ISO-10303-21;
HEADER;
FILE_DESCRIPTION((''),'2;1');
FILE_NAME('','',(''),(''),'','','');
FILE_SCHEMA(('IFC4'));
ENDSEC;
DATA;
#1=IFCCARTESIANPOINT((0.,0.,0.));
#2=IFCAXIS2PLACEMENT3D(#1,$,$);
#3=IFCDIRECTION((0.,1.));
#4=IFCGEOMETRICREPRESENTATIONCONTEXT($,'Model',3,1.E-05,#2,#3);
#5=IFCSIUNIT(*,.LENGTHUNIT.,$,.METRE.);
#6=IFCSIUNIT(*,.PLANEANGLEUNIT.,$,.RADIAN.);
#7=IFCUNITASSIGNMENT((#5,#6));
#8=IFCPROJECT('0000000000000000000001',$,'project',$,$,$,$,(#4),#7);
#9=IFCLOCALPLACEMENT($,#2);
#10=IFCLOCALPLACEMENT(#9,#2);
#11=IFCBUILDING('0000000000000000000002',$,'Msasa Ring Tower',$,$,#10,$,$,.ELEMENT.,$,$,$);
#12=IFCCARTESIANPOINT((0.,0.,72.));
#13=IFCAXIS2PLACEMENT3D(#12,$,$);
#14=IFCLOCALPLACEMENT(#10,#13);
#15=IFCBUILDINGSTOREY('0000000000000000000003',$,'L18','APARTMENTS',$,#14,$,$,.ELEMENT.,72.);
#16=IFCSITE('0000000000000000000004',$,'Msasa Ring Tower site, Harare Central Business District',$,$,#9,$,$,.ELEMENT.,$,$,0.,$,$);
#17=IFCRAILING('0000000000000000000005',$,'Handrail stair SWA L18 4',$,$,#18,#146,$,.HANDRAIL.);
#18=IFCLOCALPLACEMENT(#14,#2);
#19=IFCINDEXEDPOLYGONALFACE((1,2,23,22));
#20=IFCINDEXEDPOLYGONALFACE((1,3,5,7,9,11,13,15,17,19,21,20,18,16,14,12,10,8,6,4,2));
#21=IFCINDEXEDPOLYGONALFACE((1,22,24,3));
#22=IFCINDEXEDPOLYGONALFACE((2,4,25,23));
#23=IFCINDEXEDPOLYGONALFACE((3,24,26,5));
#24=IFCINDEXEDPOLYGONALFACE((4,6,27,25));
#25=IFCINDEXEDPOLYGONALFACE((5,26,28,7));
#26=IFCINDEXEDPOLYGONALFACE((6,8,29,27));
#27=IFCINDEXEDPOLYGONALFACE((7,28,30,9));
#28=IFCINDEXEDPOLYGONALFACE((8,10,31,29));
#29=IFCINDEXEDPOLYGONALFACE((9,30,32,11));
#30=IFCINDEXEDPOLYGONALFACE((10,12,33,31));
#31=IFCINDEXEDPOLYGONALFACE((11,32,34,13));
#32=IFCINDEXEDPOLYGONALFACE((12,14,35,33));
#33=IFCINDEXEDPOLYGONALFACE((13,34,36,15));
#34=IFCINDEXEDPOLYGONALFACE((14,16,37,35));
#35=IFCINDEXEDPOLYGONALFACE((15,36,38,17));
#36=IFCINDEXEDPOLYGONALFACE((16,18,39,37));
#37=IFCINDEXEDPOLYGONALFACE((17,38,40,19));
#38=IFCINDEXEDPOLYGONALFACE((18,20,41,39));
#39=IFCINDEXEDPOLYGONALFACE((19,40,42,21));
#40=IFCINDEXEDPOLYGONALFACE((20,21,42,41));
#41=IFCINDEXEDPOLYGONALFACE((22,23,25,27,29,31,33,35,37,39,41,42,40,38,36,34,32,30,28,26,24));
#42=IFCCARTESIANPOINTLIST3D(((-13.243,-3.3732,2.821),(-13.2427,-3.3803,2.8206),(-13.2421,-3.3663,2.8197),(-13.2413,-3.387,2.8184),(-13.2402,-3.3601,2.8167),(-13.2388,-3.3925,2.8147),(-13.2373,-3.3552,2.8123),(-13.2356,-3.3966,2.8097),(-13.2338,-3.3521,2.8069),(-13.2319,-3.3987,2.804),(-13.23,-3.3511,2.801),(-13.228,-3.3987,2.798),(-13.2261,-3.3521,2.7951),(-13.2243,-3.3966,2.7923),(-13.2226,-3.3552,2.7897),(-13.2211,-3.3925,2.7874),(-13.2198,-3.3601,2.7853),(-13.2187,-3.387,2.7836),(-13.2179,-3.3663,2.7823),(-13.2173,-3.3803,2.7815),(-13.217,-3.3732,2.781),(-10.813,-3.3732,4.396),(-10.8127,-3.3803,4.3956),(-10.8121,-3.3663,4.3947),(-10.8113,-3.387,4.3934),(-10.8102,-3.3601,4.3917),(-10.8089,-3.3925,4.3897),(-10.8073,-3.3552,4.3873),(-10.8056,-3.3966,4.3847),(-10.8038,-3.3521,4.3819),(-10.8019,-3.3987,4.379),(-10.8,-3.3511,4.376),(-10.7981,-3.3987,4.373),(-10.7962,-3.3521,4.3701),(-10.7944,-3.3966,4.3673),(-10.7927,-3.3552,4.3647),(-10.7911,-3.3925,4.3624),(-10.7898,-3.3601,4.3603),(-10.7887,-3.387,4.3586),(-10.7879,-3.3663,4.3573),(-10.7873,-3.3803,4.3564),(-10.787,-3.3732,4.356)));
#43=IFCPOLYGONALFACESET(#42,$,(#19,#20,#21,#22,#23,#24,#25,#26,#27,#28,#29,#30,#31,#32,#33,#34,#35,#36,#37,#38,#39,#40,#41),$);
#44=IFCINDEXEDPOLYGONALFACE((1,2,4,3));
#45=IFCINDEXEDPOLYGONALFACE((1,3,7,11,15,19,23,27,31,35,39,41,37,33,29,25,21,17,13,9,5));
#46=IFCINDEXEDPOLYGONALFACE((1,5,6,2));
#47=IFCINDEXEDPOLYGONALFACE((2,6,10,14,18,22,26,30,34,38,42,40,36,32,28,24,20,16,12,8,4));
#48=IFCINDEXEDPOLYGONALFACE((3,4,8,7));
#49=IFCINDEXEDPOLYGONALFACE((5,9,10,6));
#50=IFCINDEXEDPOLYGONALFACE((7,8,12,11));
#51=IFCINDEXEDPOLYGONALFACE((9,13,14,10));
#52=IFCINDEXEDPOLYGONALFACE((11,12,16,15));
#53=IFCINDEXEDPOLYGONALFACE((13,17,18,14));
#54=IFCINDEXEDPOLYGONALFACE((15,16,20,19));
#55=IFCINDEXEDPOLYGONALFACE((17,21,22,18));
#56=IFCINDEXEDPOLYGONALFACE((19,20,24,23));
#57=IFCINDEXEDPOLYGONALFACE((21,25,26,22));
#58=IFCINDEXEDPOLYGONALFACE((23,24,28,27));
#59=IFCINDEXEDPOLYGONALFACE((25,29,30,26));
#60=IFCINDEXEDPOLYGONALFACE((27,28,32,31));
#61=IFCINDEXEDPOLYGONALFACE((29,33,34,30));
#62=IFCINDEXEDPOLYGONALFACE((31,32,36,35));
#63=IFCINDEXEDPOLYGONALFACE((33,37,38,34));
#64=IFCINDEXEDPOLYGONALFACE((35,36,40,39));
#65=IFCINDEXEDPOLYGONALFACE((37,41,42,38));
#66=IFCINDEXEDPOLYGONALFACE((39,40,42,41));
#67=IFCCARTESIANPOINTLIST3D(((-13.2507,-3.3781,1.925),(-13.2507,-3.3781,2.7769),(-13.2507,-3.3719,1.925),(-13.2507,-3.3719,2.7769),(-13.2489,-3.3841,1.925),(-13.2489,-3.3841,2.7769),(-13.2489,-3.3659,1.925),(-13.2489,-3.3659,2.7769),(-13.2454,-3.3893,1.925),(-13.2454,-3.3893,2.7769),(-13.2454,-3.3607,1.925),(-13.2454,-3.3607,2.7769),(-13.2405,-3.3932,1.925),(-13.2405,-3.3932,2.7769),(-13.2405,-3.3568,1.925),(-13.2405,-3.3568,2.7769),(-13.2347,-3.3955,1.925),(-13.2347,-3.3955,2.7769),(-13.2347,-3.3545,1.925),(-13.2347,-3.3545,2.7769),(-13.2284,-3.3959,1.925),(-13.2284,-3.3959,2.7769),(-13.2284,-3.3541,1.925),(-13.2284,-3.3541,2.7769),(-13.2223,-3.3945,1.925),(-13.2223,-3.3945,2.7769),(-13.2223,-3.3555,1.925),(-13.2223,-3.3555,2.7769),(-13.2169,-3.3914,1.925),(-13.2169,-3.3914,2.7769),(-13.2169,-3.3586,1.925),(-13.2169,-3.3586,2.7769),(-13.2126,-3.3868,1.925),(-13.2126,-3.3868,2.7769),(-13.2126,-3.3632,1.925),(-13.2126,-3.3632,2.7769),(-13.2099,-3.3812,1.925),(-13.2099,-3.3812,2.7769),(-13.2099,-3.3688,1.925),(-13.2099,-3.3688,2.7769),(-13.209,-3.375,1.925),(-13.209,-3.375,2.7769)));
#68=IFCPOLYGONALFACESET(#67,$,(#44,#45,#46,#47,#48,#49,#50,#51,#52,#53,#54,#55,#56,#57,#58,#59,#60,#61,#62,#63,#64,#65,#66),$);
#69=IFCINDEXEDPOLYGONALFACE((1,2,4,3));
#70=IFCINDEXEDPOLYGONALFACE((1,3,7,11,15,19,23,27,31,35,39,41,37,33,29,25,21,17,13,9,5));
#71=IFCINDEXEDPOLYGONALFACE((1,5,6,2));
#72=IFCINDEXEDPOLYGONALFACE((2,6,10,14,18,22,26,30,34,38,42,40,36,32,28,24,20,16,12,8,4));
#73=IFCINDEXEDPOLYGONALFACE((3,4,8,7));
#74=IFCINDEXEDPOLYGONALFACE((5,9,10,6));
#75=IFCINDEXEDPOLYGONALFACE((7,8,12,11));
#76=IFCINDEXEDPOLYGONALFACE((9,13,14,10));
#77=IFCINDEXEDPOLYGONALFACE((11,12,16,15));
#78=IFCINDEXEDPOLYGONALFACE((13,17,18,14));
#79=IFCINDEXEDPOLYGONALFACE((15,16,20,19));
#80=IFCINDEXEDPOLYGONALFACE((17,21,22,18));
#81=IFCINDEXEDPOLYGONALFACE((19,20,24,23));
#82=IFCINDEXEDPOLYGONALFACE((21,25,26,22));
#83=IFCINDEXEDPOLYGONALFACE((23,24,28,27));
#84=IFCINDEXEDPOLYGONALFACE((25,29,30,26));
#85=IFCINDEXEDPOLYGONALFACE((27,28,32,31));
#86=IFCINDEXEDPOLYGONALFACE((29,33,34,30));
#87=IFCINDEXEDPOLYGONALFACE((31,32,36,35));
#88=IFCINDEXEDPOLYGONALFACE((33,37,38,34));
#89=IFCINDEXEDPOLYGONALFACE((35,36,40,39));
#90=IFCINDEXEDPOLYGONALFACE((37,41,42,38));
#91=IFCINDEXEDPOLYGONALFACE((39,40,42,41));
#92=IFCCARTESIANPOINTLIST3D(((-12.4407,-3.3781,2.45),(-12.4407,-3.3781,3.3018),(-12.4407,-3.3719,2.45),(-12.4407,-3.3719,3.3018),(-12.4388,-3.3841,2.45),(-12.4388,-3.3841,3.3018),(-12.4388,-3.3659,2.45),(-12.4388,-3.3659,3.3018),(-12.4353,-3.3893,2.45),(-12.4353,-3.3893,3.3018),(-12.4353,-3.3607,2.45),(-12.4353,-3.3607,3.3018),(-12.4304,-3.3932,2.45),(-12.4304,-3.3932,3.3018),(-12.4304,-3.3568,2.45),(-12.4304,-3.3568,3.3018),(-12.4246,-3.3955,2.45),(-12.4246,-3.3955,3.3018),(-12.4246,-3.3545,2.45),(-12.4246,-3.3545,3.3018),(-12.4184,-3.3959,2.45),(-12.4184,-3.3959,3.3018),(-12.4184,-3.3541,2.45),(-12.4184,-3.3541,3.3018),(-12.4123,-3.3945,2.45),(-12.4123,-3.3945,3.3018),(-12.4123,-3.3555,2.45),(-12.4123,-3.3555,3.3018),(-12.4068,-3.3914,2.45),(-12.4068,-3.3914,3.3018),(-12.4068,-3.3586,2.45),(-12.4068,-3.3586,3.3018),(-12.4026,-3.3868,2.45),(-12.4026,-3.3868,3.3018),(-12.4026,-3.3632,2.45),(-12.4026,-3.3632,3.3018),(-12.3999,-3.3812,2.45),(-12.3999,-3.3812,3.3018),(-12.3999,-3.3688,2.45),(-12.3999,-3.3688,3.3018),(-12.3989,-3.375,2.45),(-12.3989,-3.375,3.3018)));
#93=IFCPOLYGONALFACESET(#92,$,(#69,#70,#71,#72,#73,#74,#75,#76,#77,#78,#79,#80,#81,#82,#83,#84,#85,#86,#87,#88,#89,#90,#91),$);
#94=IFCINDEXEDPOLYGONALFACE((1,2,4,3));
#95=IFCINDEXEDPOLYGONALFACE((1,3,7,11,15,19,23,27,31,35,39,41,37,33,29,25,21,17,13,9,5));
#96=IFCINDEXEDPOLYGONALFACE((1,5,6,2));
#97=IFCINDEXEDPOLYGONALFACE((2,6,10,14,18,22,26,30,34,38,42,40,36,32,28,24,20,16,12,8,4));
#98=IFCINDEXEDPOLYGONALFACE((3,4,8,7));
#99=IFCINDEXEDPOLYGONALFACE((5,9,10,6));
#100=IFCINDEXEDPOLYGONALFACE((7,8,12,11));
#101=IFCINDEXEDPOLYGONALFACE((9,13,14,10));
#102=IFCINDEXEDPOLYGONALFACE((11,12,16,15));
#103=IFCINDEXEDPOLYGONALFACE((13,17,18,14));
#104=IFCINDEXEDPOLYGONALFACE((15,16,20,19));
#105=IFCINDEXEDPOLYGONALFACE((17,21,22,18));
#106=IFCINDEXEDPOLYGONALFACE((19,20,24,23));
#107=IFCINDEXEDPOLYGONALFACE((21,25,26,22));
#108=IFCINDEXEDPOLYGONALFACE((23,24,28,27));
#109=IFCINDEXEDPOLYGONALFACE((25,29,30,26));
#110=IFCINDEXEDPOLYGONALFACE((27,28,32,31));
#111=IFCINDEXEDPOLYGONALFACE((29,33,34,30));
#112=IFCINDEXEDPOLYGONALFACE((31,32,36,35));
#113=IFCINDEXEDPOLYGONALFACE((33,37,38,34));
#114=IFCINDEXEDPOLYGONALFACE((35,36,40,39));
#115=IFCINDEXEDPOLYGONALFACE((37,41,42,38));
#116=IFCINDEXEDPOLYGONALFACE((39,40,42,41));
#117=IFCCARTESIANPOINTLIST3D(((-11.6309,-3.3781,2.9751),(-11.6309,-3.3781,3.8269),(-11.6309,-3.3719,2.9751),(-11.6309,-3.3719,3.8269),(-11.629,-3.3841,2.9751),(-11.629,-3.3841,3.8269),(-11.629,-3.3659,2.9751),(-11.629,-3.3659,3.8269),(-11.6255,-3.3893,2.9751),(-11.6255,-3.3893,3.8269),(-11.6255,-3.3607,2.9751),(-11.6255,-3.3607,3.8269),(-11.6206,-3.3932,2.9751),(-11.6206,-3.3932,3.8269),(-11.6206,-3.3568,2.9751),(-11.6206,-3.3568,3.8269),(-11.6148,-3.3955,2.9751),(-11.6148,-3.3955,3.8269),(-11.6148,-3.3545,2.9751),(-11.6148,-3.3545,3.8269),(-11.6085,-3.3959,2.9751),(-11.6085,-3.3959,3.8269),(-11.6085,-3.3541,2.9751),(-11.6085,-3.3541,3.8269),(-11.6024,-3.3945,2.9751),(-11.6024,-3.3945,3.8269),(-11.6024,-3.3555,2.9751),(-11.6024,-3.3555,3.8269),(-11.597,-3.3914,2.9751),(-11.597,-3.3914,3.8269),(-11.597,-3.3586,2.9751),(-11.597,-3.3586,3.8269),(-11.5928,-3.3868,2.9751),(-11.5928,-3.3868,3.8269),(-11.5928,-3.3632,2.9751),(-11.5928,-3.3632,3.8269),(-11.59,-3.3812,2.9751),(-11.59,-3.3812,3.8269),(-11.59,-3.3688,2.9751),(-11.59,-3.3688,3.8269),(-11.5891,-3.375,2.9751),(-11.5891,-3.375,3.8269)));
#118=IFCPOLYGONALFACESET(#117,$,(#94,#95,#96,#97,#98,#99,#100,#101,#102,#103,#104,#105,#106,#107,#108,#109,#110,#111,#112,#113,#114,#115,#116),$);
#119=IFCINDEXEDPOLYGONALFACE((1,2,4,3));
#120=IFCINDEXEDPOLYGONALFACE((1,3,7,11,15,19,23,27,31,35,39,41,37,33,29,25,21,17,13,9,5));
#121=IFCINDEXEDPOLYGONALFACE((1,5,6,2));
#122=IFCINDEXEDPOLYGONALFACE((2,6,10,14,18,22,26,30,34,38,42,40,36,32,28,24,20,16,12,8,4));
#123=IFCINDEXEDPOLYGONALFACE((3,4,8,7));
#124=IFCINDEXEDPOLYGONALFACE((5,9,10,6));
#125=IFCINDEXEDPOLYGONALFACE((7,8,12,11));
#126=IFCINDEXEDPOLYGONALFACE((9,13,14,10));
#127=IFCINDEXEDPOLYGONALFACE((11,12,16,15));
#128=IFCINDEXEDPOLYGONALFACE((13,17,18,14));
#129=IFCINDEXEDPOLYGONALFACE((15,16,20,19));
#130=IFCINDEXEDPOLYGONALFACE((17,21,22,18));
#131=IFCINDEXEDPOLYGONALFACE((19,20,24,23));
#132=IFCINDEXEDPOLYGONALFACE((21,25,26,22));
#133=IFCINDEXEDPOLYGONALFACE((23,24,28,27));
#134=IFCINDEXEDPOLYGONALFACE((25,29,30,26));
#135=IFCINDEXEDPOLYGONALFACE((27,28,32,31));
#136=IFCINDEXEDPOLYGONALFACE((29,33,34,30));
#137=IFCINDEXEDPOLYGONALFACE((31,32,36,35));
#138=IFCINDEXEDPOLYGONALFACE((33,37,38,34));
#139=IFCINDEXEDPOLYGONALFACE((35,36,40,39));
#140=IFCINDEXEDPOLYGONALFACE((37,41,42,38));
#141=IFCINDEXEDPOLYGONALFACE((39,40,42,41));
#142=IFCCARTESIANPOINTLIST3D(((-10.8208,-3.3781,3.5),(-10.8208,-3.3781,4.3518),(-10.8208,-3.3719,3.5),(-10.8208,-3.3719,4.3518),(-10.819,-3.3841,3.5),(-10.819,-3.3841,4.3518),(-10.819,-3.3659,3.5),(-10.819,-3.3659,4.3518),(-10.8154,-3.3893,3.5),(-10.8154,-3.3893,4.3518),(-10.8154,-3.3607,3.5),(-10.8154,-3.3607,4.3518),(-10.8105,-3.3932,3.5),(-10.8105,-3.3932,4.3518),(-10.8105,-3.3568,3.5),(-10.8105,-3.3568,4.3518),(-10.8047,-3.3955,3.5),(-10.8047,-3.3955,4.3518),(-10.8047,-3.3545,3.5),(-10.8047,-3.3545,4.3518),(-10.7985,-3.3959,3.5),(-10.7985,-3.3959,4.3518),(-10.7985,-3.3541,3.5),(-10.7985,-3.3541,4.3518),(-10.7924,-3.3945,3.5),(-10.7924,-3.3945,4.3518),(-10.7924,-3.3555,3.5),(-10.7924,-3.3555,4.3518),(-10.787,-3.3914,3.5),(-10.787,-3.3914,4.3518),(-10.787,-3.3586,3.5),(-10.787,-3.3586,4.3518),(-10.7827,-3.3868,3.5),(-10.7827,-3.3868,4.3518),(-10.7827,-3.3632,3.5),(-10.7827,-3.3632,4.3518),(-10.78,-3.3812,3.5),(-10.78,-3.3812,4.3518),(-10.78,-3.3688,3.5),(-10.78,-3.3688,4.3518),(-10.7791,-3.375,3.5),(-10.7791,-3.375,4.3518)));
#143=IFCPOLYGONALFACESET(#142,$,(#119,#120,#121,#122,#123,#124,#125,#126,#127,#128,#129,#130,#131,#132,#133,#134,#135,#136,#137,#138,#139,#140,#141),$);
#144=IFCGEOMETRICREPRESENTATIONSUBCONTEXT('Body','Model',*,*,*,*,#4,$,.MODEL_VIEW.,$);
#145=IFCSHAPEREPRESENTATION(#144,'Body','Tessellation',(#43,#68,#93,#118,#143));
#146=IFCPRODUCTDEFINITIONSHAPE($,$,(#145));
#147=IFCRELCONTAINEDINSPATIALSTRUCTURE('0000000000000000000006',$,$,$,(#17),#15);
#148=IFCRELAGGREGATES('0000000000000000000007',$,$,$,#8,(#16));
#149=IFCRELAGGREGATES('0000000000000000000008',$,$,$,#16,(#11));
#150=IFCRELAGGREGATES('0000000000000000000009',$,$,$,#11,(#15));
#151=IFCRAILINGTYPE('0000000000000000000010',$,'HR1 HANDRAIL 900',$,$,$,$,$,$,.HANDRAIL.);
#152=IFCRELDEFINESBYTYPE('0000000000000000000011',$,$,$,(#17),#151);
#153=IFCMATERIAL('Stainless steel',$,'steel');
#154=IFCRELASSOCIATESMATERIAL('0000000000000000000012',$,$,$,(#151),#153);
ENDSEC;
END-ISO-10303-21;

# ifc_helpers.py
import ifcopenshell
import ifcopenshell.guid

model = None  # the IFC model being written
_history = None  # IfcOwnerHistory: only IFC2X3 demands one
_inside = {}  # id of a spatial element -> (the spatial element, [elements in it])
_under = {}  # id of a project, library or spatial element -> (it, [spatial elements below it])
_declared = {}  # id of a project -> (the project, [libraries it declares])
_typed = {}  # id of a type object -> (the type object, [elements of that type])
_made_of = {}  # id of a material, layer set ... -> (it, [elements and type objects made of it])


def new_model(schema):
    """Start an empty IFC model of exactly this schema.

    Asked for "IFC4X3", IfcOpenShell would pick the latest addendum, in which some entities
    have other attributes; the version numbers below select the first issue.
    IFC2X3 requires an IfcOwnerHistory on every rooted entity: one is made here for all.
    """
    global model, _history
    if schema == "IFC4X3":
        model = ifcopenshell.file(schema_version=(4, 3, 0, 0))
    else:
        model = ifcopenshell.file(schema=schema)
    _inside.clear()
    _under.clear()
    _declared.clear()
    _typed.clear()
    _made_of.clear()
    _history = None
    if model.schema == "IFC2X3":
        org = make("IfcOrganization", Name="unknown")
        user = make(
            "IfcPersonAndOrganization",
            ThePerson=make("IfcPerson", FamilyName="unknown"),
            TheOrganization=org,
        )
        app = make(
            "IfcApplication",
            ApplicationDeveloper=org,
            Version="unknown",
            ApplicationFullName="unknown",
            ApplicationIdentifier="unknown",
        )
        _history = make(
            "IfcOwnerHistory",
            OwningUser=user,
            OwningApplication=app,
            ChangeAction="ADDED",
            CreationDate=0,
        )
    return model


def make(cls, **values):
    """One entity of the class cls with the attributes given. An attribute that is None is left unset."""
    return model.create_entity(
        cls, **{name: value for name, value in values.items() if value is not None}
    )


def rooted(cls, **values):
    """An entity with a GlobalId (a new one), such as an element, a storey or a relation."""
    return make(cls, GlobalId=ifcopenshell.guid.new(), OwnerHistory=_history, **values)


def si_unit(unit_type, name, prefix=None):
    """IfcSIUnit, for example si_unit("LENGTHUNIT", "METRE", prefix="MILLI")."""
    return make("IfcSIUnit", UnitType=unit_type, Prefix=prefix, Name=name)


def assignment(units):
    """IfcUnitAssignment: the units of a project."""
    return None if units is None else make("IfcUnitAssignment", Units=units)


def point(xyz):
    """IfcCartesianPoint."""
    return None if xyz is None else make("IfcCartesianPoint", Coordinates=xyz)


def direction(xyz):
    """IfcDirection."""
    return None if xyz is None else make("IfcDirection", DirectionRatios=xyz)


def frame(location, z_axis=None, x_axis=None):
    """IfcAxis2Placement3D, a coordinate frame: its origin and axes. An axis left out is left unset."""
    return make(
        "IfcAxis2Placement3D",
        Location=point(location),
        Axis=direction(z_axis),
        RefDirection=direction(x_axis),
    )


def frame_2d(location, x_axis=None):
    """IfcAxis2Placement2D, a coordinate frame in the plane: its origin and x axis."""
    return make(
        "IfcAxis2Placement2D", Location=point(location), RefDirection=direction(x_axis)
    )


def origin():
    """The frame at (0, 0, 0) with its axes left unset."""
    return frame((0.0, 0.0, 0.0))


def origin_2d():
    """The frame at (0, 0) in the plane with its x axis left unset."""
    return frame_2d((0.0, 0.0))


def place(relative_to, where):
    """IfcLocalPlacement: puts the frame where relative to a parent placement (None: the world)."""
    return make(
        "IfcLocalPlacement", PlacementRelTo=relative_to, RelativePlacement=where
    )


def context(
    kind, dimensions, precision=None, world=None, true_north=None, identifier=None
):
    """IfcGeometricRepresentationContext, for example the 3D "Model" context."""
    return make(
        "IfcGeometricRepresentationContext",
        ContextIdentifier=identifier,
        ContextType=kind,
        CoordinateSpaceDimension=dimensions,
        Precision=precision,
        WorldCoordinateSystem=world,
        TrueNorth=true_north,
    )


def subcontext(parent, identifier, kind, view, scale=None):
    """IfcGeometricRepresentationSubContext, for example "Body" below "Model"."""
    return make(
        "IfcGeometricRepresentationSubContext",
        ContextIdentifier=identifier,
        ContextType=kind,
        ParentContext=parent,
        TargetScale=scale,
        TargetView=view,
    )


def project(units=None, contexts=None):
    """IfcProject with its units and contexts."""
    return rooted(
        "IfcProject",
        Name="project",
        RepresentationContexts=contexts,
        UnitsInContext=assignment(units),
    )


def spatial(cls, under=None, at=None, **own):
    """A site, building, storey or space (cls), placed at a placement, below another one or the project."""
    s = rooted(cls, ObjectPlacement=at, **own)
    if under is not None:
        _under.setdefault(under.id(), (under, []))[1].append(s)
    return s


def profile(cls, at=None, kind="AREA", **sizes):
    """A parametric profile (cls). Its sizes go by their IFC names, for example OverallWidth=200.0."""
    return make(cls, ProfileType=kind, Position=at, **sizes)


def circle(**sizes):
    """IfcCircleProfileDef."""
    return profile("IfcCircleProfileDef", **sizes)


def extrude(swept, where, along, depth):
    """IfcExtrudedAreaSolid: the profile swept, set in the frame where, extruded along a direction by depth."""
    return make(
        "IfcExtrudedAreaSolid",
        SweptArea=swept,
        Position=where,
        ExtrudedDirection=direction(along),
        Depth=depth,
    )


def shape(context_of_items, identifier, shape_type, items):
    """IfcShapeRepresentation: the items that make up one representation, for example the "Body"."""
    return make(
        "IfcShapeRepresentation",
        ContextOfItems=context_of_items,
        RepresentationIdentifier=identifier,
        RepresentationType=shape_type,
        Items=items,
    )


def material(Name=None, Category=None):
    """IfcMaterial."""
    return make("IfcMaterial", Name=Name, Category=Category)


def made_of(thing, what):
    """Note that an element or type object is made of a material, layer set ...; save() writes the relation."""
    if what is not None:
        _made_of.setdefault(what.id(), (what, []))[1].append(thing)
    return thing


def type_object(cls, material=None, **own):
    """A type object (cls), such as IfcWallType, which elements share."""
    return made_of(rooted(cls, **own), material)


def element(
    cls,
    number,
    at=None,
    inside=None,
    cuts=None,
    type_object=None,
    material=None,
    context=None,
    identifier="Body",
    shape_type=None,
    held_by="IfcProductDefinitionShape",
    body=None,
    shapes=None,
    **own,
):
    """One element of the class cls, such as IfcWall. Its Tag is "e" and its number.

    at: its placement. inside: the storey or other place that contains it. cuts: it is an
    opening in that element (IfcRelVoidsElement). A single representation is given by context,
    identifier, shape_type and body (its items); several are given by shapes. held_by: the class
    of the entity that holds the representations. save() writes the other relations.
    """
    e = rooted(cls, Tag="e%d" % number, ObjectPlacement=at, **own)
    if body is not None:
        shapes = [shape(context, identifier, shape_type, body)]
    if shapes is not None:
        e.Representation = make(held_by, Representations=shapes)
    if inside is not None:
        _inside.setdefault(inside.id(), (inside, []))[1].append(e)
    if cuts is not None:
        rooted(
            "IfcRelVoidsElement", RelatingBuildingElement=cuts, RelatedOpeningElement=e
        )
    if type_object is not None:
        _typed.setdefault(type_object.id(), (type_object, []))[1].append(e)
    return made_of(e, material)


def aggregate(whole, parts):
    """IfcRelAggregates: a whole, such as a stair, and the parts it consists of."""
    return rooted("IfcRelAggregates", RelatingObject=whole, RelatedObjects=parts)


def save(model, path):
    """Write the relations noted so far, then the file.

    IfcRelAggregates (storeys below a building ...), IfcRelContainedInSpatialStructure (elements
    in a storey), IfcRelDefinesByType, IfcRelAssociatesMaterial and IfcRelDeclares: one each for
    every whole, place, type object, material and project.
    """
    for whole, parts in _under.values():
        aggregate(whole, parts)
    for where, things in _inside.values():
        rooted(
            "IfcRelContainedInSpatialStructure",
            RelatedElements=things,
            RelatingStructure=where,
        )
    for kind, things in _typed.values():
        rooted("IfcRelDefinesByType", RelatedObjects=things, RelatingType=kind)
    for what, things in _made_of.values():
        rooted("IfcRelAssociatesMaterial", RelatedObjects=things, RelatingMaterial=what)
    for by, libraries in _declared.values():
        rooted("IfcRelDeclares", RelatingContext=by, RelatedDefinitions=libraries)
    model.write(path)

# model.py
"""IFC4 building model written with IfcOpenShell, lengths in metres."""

from ifc_helpers import new_model, si_unit, direction, frame, origin, origin_2d, place, context, subcontext, project, spatial, circle, extrude, material, type_object, element, save


model = new_model("IFC4")

# Units and contexts
model_context = context("Model", 3, precision=1e-05, world=origin(), true_north=direction((0.0, 1.0)))
body_context = subcontext(model_context, "Body", "Model", "MODEL_VIEW")
ifc_project = project(units=[si_unit("LENGTHUNIT", "METRE"), si_unit("PLANEANGLEUNIT", "RADIAN")], contexts=[model_context])

# Site, building, storey
site_placement = place(None, origin())
site = spatial("IfcSite", under=ifc_project, at=site_placement, Name="Msasa Ring Tower site, Harare Central Business District", CompositionType="ELEMENT", RefElevation=0.0)
building_placement = place(site_placement, origin())
building = spatial("IfcBuilding", under=site, at=building_placement, Name="Msasa Ring Tower", CompositionType="ELEMENT")
storey_placement = place(building_placement, frame((0.0, 0.0, 72.0)))
storey = spatial("IfcBuildingStorey", under=building, at=storey_placement, Name="L18", Description="APARTMENTS", CompositionType="ELEMENT", Elevation=72.0)

# Railing
ifc_material_1 = material(Name="Stainless steel", Category="steel")
railing_type = type_object("IfcRailingType", Name="HR1 HANDRAIL 900", PredefinedType="HANDRAIL", material=ifc_material_1)
for number, where, name in (
    (1, (-13.23, -3.375, 1.925), "Handrail stair SWA L18 4"),
):
    element("IfcRailing", number, at=place(storey_placement, frame(where)), inside=storey, type_object=railing_type, Name=name, PredefinedType="HANDRAIL", context=body_context, shape_type="SweptSolid", body=[
        extrude(circle(Radius=0.0239, at=origin_2d()), frame((0.0, 0.0, 0.876), z_axis=(0.839154, 0.0, 0.543894), x_axis=(0.0, 1.0, 0.0)), (0.0, 0.0, 1.0), 2.8958),
        extrude(circle(Radius=0.021, at=origin_2d()), origin(), (0.0, 0.0, 1.0), 0.8518),
        extrude(circle(Radius=0.021, at=origin_2d()), frame((0.8101, 0.0, 0.5249)), (0.0, 0.0, 1.0), 0.8518),
        extrude(circle(Radius=0.021, at=origin_2d()), frame((1.6199, 0.0, 1.05)), (0.0, 0.0, 1.0), 0.8518),
        extrude(circle(Radius=0.021, at=origin_2d()), frame((2.4299, 0.0, 1.575)), (0.0, 0.0, 1.0), 0.8518),
    ])

save(model, "model.ifc")
